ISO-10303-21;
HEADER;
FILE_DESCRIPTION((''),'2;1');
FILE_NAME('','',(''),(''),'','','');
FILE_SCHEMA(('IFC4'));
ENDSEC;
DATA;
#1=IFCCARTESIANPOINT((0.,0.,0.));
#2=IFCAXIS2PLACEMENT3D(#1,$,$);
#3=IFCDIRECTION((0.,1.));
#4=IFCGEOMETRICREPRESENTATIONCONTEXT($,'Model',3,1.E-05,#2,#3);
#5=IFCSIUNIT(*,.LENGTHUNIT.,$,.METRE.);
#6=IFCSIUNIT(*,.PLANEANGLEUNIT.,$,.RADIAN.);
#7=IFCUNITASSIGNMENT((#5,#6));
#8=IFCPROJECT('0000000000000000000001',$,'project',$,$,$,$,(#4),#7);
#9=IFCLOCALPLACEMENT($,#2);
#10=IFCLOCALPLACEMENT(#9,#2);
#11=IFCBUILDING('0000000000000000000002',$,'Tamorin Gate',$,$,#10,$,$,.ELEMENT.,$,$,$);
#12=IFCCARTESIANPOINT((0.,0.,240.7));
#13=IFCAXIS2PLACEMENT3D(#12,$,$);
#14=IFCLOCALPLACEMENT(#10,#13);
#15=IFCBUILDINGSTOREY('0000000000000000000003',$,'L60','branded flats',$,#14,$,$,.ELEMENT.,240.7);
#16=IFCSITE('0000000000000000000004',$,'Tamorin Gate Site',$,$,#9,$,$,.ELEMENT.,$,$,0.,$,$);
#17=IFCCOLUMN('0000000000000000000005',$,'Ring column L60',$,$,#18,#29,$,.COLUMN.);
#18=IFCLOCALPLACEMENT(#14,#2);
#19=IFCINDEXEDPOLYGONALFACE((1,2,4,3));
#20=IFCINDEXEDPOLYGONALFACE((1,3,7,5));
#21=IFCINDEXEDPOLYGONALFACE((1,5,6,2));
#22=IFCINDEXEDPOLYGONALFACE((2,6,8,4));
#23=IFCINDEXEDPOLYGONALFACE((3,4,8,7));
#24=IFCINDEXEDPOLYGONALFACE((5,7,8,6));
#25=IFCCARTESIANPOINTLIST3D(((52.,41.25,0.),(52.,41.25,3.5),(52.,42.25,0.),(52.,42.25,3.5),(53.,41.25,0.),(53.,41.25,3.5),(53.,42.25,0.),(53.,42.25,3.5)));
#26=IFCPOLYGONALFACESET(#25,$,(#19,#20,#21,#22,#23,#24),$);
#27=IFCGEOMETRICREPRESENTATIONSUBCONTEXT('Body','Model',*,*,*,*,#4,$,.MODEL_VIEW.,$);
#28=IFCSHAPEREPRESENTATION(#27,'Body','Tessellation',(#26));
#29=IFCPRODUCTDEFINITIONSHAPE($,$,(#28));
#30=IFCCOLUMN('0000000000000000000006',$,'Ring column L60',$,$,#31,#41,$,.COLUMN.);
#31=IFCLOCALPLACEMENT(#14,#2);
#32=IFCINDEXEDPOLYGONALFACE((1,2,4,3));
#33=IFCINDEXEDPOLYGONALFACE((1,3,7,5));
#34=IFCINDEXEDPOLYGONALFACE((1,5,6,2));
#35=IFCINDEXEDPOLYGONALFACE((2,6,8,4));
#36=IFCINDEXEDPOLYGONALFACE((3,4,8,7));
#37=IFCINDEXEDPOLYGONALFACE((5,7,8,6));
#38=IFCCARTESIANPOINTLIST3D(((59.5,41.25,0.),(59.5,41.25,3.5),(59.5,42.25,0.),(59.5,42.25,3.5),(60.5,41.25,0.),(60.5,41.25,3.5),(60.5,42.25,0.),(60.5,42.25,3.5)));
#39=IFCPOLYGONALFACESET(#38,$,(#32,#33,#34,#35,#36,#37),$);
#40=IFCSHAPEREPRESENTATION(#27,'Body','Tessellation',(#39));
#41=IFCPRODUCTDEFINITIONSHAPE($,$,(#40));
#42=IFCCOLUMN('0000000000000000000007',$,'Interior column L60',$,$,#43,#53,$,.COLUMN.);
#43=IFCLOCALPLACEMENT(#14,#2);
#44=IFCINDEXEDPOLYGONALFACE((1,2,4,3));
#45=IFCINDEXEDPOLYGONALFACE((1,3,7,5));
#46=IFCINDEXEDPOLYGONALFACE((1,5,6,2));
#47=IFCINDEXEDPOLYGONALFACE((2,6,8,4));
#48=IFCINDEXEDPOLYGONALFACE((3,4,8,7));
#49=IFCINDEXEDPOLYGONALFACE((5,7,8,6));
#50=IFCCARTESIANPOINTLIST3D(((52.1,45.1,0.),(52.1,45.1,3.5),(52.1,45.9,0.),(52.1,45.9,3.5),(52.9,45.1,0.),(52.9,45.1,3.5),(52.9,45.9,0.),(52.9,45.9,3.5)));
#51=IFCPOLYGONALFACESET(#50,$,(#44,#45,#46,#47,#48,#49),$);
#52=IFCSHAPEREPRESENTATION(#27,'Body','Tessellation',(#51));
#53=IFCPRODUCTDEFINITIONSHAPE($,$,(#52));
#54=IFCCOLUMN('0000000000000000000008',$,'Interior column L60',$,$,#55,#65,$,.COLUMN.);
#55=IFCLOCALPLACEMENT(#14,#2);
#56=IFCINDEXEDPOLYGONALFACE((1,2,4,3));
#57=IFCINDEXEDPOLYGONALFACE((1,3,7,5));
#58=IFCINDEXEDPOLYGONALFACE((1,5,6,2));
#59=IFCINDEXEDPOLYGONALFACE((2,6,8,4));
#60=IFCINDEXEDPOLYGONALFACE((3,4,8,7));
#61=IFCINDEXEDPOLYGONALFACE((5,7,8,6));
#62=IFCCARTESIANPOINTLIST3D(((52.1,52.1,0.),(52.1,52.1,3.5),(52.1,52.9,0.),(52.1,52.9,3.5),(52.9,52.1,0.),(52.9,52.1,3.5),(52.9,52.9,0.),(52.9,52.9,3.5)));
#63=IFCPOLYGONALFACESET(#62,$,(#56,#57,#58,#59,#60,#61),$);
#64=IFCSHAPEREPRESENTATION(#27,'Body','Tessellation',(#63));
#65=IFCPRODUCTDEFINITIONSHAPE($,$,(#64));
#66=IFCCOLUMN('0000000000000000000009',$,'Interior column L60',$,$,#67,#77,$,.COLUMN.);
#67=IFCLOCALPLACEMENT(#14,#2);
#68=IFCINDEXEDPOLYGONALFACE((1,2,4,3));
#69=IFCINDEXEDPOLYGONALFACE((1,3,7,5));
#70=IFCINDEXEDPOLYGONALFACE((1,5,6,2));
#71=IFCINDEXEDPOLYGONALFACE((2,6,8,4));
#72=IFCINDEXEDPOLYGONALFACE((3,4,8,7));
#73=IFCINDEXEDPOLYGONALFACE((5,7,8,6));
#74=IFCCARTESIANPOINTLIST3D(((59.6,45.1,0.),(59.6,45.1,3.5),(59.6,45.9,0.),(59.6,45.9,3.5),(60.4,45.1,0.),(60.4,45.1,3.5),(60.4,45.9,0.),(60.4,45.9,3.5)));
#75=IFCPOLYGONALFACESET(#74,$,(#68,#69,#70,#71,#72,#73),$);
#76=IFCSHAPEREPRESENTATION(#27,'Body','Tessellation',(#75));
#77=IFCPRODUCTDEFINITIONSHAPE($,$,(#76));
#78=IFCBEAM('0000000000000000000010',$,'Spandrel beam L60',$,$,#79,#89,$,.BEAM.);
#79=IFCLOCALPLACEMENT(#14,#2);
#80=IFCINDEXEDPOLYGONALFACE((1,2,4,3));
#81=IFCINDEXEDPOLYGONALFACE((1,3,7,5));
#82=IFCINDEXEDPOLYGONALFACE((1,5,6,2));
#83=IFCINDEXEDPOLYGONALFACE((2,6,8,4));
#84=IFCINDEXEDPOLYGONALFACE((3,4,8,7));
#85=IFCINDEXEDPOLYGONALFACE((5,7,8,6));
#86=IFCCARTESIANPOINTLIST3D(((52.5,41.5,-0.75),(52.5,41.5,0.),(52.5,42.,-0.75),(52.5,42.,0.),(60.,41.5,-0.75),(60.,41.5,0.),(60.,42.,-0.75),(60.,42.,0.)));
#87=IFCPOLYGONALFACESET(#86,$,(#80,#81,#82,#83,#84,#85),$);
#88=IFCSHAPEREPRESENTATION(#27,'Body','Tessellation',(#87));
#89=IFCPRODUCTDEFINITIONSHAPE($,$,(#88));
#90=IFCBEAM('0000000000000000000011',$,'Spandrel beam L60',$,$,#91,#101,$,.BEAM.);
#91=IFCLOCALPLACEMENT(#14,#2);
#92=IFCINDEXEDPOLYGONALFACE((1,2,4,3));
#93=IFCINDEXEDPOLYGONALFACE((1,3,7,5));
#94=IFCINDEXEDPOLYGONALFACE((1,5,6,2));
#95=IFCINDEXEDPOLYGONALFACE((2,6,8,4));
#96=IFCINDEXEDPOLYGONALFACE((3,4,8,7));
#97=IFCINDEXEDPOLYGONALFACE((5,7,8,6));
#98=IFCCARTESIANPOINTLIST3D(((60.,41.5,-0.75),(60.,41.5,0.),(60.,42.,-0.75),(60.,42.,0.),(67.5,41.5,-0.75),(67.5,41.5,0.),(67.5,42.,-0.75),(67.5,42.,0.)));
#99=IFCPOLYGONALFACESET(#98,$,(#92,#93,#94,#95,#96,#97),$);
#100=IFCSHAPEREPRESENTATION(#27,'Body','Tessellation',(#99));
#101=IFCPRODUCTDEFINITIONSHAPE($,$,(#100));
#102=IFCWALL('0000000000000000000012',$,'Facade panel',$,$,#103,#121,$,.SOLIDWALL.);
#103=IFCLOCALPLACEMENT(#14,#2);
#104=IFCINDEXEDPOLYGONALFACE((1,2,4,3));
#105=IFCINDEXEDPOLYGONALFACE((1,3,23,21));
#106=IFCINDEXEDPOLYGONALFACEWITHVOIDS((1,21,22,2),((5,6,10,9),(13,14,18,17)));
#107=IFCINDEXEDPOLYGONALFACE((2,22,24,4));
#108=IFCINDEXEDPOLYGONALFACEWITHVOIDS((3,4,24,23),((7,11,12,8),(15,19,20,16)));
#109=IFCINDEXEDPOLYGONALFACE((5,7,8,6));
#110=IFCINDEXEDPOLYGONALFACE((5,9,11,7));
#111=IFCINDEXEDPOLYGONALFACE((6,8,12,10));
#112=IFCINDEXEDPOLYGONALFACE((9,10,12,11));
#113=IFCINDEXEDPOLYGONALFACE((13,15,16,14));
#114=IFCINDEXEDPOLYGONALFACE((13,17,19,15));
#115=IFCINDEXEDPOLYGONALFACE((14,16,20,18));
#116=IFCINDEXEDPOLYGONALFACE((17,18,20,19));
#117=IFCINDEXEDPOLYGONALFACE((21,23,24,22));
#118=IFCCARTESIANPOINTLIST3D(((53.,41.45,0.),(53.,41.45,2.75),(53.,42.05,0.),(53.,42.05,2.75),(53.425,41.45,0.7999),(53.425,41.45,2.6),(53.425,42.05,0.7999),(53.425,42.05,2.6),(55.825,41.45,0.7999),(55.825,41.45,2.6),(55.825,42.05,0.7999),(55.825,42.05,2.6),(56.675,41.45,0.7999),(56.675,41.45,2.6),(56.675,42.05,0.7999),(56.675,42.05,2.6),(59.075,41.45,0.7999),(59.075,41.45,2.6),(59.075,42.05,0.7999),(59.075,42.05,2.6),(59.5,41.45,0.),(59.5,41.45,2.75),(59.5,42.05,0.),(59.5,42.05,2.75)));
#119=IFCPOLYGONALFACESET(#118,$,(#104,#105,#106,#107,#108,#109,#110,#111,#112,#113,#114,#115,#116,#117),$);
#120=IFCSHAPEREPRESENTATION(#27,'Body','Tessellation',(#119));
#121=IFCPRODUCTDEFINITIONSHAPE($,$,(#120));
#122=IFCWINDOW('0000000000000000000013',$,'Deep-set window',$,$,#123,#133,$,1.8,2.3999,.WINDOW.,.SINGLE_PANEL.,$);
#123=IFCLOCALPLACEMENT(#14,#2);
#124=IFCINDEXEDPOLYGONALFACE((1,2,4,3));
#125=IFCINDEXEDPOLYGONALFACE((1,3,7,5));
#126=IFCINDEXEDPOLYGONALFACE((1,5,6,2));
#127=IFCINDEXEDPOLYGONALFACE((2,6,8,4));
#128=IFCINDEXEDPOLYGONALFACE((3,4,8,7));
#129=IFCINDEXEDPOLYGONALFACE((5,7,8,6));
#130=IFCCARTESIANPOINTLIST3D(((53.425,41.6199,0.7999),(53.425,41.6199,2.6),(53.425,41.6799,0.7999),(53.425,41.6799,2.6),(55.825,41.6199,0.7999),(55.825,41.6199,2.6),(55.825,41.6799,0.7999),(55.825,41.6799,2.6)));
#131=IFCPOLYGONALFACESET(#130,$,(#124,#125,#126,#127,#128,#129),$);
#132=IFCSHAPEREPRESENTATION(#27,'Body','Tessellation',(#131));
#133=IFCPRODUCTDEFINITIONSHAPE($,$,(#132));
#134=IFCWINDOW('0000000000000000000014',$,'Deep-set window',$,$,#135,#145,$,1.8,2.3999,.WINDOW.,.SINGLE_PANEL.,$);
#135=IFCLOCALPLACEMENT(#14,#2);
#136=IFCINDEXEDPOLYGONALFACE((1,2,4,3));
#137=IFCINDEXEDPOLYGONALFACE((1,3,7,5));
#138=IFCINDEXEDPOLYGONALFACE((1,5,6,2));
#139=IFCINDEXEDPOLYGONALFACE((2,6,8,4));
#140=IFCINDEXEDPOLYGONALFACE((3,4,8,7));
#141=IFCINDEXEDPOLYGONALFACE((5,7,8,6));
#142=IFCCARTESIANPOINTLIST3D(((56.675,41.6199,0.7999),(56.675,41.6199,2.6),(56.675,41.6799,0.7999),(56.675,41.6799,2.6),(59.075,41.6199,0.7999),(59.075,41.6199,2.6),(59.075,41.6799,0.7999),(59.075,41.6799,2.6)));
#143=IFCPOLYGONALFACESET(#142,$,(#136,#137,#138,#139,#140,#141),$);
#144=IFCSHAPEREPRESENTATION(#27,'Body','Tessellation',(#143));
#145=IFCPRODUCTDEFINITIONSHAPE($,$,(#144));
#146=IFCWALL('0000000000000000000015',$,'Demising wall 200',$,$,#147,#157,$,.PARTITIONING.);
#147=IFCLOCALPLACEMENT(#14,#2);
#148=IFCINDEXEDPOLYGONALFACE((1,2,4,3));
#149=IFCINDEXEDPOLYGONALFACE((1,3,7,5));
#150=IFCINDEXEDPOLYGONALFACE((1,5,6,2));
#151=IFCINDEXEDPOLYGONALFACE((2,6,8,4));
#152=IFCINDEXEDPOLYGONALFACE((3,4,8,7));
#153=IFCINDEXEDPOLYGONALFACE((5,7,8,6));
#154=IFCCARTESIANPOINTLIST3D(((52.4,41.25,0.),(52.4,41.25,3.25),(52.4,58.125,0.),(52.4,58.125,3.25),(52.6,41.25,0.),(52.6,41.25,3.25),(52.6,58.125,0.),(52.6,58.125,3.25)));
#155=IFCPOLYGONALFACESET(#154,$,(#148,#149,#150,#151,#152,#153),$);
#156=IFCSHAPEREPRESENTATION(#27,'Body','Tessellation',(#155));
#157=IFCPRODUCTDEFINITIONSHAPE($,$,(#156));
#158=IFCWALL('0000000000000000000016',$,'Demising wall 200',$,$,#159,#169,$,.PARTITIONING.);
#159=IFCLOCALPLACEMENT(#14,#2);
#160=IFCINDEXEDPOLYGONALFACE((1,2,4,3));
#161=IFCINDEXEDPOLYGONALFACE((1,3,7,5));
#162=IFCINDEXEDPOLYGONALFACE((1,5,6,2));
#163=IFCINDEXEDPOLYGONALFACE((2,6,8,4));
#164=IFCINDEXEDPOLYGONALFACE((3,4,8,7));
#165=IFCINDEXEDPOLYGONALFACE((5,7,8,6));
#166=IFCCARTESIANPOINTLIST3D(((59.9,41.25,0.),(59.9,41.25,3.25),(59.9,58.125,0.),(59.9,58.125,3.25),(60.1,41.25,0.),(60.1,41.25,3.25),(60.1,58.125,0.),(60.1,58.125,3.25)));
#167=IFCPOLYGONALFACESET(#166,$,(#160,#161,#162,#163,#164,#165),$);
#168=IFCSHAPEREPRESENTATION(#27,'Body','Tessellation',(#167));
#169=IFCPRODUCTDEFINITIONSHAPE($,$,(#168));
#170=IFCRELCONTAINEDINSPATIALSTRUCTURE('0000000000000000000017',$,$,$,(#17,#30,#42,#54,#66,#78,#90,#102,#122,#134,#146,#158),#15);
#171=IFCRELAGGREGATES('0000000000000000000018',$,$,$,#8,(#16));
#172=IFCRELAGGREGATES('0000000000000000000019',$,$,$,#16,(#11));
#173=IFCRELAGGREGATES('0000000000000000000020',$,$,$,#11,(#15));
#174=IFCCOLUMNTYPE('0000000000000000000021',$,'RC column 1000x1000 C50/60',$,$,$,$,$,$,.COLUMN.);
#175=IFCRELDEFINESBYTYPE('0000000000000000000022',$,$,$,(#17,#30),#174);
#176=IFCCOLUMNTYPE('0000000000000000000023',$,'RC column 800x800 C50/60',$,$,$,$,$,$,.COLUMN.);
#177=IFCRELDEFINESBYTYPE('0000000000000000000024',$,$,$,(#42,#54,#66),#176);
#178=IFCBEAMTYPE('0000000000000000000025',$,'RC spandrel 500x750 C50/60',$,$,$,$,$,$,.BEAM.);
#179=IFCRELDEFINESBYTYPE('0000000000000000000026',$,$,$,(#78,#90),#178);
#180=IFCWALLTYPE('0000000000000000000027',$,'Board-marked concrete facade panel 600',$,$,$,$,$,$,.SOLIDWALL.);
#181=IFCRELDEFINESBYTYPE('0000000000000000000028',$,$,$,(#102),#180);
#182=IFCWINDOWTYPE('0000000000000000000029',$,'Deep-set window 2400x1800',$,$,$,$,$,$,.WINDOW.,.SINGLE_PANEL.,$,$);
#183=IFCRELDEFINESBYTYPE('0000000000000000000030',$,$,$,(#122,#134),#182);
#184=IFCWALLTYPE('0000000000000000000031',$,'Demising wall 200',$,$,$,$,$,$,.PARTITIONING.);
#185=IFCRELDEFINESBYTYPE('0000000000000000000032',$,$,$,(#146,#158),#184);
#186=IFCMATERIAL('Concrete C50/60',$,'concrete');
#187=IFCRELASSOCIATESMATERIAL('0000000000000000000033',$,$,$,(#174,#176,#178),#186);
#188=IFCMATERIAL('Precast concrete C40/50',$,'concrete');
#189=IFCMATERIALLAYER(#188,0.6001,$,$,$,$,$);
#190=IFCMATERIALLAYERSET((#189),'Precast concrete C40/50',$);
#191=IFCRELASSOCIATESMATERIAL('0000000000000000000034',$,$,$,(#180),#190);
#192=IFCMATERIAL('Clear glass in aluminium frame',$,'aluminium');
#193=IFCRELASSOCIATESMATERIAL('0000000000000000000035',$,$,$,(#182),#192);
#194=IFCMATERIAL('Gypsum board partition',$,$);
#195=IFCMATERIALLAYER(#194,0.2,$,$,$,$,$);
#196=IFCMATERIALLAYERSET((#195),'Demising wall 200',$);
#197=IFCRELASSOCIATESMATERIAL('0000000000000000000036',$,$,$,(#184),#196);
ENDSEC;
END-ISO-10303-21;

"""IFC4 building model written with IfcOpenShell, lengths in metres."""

from ifc_helpers import new_model, si_unit, direction, frame, frame_2d, origin, origin_2d, place, context, subcontext, project, spatial, rectangle, extrude, material, layer, layer_set, material_profile, profile_set, type_object, element, fill, save


model = new_model("IFC4")

# Units and contexts
model_context = context("Model", 3, precision=1e-05, world=origin(), true_north=direction((0.0, 1.0)))
body_context = subcontext(model_context, "Body", "Model", "MODEL_VIEW")
ifc_project = project(units=[si_unit("LENGTHUNIT", "METRE"), si_unit("PLANEANGLEUNIT", "RADIAN")], contexts=[model_context])

# Site, building, storey
site_placement = place(None, origin())
site = spatial("IfcSite", under=ifc_project, at=site_placement, Name="Tamorin Gate Site", CompositionType="ELEMENT", RefElevation=0.0)
building_placement = place(site_placement, origin())
building = spatial("IfcBuilding", under=site, at=building_placement, Name="Tamorin Gate", CompositionType="ELEMENT")
storey_placement = place(building_placement, frame((0.0, 0.0, 240.7)))
storey = spatial("IfcBuildingStorey", under=building, at=storey_placement, Name="L60", Description="branded flats", CompositionType="ELEMENT", Elevation=240.7)

# Columns
ifc_material_1 = material(Name="Concrete C50/60", Category="concrete")
ifc_material_profile_1 = material_profile(ifc_material_1, rectangle(XDim=1.0, YDim=1.0, at=origin_2d()), Name="RC 1000x1000")
ifc_profile_set_1 = profile_set([ifc_material_profile_1], Name="Concrete C50/60")
column_type_1 = type_object("IfcColumnType", Name="RC column 1000x1000 C50/60", PredefinedType="COLUMN", material=ifc_profile_set_1)
for number, where, z_axis, x_axis, name in (
    (1, (52.5, 41.75, 0.0), (0.0, 0.0, 1.0), (1.0, 0.0, 0.0), "Ring column L60"),
    (2, (60.0, 41.75, 0.0), (0.0, 0.0, 1.0), (1.0, 0.0, 0.0), "Ring column L60"),
):
    element("IfcColumn", number, at=place(storey_placement, frame(where, z_axis=z_axis, x_axis=x_axis)), inside=storey, type_object=column_type_1, Name=name, PredefinedType="COLUMN", context=body_context, shape_type="SweptSolid", body=[
        extrude(rectangle(XDim=1.0, YDim=1.0, at=origin_2d()), origin(), (0.0, 0.0, 1.0), 3.5),
    ])
ifc_material_profile_2 = material_profile(ifc_material_1, rectangle(XDim=0.8, YDim=0.8, at=origin_2d()), Name="RC 800x800")
ifc_profile_set_2 = profile_set([ifc_material_profile_2], Name="Concrete C50/60")
column_type_2 = type_object("IfcColumnType", Name="RC column 800x800 C50/60", PredefinedType="COLUMN", material=ifc_profile_set_2)
for number, where, z_axis, x_axis, name in (
    (3, (52.5, 45.5, 0.0), (0.0, 0.0, 1.0), (1.0, 0.0, 0.0), "Interior column L60"),
    (4, (52.5, 52.5, 0.0), (0.0, 0.0, 1.0), (1.0, 0.0, 0.0), "Interior column L60"),
    (5, (60.0, 45.5, 0.0), (0.0, 0.0, 1.0), (1.0, 0.0, 0.0), "Interior column L60"),
):
    element("IfcColumn", number, at=place(storey_placement, frame(where, z_axis=z_axis, x_axis=x_axis)), inside=storey, type_object=column_type_2, Name=name, PredefinedType="COLUMN", context=body_context, shape_type="SweptSolid", body=[
        extrude(rectangle(XDim=0.8, YDim=0.8, at=origin_2d()), origin(), (0.0, 0.0, 1.0), 3.5),
    ])

# Beams
ifc_material_profile_3 = material_profile(ifc_material_1, rectangle(XDim=0.5, YDim=0.75, at=origin_2d()), Name="RC 500x750")
ifc_profile_set_3 = profile_set([ifc_material_profile_3], Name="Concrete C50/60")
beam_type = type_object("IfcBeamType", Name="RC spandrel 500x750 C50/60", PredefinedType="BEAM", material=ifc_profile_set_3)
for number, where, z_axis, x_axis, name in (
    (6, (52.5, 41.75, -0.375), (1.0, 0.0, 0.0), (0.0, 1.0, 0.0), "Spandrel beam L60"),
    (7, (60.0, 41.75, -0.375), (1.0, 0.0, 0.0), (0.0, 1.0, 0.0), "Spandrel beam L60"),
):
    element("IfcBeam", number, at=place(storey_placement, frame(where, z_axis=z_axis, x_axis=x_axis)), inside=storey, type_object=beam_type, Name=name, PredefinedType="BEAM", context=body_context, shape_type="SweptSolid", body=[
        extrude(rectangle(XDim=0.5, YDim=0.75, at=origin_2d()), origin(), (0.0, 0.0, 1.0), 7.5),
    ])

# Wall, openings, windows
ifc_material_2 = material(Name="Precast concrete C40/50", Category="concrete")
ifc_layer_1 = layer(ifc_material_2, 0.6001)
ifc_layer_set_1 = layer_set([ifc_layer_1], Name="Precast concrete C40/50")
wall_type_1 = type_object("IfcWallType", Name="Board-marked concrete facade panel 600", PredefinedType="SOLIDWALL", material=ifc_layer_set_1)
wall_1_placement = place(storey_placement, frame((53.0, 41.75, 0.0), z_axis=(0.0, 0.0, 1.0), x_axis=(1.0, 0.0, 0.0)))
wall_1 = element("IfcWall", 8, at=wall_1_placement, inside=storey, type_object=wall_type_1, Name="Facade panel", PredefinedType="SOLIDWALL", context=body_context, shape_type="SweptSolid", body=[
    extrude(rectangle(XDim=6.5, YDim=0.6001, at=frame_2d((3.25, 0.0))), origin(), (0.0, 0.0, 1.0), 2.75),
])
opening_1_placement = place(wall_1_placement, frame((0.425, 0.0, 0.8)))
opening_1 = element("IfcOpeningElement", 9, at=opening_1_placement, cuts=wall_1, PredefinedType="OPENING", context=body_context, shape_type="SweptSolid", body=[
    extrude(rectangle(XDim=2.3999, YDim=1.8, at=frame_2d((1.2, 0.8999))), frame((0.0, 0.3101, 0.0), z_axis=(0.0, -1.0, 0.0), x_axis=(1.0, 0.0, 0.0)), (0.0, 0.0, 1.0), 0.6201),
])
opening_2_placement = place(wall_1_placement, frame((3.675, 0.0, 0.8)))
opening_2 = element("IfcOpeningElement", 10, at=opening_2_placement, cuts=wall_1, PredefinedType="OPENING", context=body_context, shape_type="SweptSolid", body=[
    extrude(rectangle(XDim=2.3999, YDim=1.8, at=frame_2d((1.2, 0.8999))), frame((0.0, 0.3101, 0.0), z_axis=(0.0, -1.0, 0.0), x_axis=(1.0, 0.0, 0.0)), (0.0, 0.0, 1.0), 0.6201),
])
ifc_material_3 = material(Name="Clear glass in aluminium frame", Category="aluminium")
window_type = type_object("IfcWindowType", Name="Deep-set window 2400x1800", PartitioningType="SINGLE_PANEL", PredefinedType="WINDOW", material=ifc_material_3)
window_1_placement = place(opening_1_placement, origin())
window_1 = element("IfcWindow", 11, at=window_1_placement, inside=storey, type_object=window_type, Name="Deep-set window", OverallHeight=1.8, OverallWidth=2.3999, PartitioningType="SINGLE_PANEL", PredefinedType="WINDOW", context=body_context, shape_type="SweptSolid", body=[
    extrude(rectangle(XDim=2.3999, YDim=1.8, at=frame_2d((1.2, 0.8999))), frame((0.0, -0.0701, 0.0), z_axis=(0.0, -1.0, 0.0), x_axis=(1.0, 0.0, 0.0)), (0.0, 0.0, 1.0), 0.0601),
])
fill(opening_1, window_1)
window_2_placement = place(opening_2_placement, origin())
window_2 = element("IfcWindow", 12, at=window_2_placement, inside=storey, type_object=window_type, Name="Deep-set window", OverallHeight=1.8, OverallWidth=2.3999, PartitioningType="SINGLE_PANEL", PredefinedType="WINDOW", context=body_context, shape_type="SweptSolid", body=[
    extrude(rectangle(XDim=2.3999, YDim=1.8, at=frame_2d((1.2, 0.8999))), frame((0.0, -0.0701, 0.0), z_axis=(0.0, -1.0, 0.0), x_axis=(1.0, 0.0, 0.0)), (0.0, 0.0, 1.0), 0.0601),
])
fill(opening_2, window_2)

# Walls
ifc_material_4 = material(Name="Gypsum board partition")
ifc_layer_2 = layer(ifc_material_4, 0.2)
ifc_layer_set_2 = layer_set([ifc_layer_2], Name="Demising wall 200")
wall_type_2 = type_object("IfcWallType", Name="Demising wall 200", PredefinedType="PARTITIONING", material=ifc_layer_set_2)
for number, where, z_axis, x_axis, name in (
    (13, (52.5, 41.25, 0.0), (0.0, 0.0, 1.0), (0.0, 1.0, 0.0), "Demising wall 200"),
    (14, (60.0, 41.25, 0.0), (0.0, 0.0, 1.0), (0.0, 1.0, 0.0), "Demising wall 200"),
):
    element("IfcWall", number, at=place(storey_placement, frame(where, z_axis=z_axis, x_axis=x_axis)), inside=storey, type_object=wall_type_2, Name=name, PredefinedType="PARTITIONING", context=body_context, shape_type="SweptSolid", body=[
        extrude(rectangle(XDim=16.875, YDim=0.2, at=frame_2d((8.4375, 0.0))), origin(), (0.0, 0.0, 1.0), 3.25),
    ])

save(model, "model.ifc")
